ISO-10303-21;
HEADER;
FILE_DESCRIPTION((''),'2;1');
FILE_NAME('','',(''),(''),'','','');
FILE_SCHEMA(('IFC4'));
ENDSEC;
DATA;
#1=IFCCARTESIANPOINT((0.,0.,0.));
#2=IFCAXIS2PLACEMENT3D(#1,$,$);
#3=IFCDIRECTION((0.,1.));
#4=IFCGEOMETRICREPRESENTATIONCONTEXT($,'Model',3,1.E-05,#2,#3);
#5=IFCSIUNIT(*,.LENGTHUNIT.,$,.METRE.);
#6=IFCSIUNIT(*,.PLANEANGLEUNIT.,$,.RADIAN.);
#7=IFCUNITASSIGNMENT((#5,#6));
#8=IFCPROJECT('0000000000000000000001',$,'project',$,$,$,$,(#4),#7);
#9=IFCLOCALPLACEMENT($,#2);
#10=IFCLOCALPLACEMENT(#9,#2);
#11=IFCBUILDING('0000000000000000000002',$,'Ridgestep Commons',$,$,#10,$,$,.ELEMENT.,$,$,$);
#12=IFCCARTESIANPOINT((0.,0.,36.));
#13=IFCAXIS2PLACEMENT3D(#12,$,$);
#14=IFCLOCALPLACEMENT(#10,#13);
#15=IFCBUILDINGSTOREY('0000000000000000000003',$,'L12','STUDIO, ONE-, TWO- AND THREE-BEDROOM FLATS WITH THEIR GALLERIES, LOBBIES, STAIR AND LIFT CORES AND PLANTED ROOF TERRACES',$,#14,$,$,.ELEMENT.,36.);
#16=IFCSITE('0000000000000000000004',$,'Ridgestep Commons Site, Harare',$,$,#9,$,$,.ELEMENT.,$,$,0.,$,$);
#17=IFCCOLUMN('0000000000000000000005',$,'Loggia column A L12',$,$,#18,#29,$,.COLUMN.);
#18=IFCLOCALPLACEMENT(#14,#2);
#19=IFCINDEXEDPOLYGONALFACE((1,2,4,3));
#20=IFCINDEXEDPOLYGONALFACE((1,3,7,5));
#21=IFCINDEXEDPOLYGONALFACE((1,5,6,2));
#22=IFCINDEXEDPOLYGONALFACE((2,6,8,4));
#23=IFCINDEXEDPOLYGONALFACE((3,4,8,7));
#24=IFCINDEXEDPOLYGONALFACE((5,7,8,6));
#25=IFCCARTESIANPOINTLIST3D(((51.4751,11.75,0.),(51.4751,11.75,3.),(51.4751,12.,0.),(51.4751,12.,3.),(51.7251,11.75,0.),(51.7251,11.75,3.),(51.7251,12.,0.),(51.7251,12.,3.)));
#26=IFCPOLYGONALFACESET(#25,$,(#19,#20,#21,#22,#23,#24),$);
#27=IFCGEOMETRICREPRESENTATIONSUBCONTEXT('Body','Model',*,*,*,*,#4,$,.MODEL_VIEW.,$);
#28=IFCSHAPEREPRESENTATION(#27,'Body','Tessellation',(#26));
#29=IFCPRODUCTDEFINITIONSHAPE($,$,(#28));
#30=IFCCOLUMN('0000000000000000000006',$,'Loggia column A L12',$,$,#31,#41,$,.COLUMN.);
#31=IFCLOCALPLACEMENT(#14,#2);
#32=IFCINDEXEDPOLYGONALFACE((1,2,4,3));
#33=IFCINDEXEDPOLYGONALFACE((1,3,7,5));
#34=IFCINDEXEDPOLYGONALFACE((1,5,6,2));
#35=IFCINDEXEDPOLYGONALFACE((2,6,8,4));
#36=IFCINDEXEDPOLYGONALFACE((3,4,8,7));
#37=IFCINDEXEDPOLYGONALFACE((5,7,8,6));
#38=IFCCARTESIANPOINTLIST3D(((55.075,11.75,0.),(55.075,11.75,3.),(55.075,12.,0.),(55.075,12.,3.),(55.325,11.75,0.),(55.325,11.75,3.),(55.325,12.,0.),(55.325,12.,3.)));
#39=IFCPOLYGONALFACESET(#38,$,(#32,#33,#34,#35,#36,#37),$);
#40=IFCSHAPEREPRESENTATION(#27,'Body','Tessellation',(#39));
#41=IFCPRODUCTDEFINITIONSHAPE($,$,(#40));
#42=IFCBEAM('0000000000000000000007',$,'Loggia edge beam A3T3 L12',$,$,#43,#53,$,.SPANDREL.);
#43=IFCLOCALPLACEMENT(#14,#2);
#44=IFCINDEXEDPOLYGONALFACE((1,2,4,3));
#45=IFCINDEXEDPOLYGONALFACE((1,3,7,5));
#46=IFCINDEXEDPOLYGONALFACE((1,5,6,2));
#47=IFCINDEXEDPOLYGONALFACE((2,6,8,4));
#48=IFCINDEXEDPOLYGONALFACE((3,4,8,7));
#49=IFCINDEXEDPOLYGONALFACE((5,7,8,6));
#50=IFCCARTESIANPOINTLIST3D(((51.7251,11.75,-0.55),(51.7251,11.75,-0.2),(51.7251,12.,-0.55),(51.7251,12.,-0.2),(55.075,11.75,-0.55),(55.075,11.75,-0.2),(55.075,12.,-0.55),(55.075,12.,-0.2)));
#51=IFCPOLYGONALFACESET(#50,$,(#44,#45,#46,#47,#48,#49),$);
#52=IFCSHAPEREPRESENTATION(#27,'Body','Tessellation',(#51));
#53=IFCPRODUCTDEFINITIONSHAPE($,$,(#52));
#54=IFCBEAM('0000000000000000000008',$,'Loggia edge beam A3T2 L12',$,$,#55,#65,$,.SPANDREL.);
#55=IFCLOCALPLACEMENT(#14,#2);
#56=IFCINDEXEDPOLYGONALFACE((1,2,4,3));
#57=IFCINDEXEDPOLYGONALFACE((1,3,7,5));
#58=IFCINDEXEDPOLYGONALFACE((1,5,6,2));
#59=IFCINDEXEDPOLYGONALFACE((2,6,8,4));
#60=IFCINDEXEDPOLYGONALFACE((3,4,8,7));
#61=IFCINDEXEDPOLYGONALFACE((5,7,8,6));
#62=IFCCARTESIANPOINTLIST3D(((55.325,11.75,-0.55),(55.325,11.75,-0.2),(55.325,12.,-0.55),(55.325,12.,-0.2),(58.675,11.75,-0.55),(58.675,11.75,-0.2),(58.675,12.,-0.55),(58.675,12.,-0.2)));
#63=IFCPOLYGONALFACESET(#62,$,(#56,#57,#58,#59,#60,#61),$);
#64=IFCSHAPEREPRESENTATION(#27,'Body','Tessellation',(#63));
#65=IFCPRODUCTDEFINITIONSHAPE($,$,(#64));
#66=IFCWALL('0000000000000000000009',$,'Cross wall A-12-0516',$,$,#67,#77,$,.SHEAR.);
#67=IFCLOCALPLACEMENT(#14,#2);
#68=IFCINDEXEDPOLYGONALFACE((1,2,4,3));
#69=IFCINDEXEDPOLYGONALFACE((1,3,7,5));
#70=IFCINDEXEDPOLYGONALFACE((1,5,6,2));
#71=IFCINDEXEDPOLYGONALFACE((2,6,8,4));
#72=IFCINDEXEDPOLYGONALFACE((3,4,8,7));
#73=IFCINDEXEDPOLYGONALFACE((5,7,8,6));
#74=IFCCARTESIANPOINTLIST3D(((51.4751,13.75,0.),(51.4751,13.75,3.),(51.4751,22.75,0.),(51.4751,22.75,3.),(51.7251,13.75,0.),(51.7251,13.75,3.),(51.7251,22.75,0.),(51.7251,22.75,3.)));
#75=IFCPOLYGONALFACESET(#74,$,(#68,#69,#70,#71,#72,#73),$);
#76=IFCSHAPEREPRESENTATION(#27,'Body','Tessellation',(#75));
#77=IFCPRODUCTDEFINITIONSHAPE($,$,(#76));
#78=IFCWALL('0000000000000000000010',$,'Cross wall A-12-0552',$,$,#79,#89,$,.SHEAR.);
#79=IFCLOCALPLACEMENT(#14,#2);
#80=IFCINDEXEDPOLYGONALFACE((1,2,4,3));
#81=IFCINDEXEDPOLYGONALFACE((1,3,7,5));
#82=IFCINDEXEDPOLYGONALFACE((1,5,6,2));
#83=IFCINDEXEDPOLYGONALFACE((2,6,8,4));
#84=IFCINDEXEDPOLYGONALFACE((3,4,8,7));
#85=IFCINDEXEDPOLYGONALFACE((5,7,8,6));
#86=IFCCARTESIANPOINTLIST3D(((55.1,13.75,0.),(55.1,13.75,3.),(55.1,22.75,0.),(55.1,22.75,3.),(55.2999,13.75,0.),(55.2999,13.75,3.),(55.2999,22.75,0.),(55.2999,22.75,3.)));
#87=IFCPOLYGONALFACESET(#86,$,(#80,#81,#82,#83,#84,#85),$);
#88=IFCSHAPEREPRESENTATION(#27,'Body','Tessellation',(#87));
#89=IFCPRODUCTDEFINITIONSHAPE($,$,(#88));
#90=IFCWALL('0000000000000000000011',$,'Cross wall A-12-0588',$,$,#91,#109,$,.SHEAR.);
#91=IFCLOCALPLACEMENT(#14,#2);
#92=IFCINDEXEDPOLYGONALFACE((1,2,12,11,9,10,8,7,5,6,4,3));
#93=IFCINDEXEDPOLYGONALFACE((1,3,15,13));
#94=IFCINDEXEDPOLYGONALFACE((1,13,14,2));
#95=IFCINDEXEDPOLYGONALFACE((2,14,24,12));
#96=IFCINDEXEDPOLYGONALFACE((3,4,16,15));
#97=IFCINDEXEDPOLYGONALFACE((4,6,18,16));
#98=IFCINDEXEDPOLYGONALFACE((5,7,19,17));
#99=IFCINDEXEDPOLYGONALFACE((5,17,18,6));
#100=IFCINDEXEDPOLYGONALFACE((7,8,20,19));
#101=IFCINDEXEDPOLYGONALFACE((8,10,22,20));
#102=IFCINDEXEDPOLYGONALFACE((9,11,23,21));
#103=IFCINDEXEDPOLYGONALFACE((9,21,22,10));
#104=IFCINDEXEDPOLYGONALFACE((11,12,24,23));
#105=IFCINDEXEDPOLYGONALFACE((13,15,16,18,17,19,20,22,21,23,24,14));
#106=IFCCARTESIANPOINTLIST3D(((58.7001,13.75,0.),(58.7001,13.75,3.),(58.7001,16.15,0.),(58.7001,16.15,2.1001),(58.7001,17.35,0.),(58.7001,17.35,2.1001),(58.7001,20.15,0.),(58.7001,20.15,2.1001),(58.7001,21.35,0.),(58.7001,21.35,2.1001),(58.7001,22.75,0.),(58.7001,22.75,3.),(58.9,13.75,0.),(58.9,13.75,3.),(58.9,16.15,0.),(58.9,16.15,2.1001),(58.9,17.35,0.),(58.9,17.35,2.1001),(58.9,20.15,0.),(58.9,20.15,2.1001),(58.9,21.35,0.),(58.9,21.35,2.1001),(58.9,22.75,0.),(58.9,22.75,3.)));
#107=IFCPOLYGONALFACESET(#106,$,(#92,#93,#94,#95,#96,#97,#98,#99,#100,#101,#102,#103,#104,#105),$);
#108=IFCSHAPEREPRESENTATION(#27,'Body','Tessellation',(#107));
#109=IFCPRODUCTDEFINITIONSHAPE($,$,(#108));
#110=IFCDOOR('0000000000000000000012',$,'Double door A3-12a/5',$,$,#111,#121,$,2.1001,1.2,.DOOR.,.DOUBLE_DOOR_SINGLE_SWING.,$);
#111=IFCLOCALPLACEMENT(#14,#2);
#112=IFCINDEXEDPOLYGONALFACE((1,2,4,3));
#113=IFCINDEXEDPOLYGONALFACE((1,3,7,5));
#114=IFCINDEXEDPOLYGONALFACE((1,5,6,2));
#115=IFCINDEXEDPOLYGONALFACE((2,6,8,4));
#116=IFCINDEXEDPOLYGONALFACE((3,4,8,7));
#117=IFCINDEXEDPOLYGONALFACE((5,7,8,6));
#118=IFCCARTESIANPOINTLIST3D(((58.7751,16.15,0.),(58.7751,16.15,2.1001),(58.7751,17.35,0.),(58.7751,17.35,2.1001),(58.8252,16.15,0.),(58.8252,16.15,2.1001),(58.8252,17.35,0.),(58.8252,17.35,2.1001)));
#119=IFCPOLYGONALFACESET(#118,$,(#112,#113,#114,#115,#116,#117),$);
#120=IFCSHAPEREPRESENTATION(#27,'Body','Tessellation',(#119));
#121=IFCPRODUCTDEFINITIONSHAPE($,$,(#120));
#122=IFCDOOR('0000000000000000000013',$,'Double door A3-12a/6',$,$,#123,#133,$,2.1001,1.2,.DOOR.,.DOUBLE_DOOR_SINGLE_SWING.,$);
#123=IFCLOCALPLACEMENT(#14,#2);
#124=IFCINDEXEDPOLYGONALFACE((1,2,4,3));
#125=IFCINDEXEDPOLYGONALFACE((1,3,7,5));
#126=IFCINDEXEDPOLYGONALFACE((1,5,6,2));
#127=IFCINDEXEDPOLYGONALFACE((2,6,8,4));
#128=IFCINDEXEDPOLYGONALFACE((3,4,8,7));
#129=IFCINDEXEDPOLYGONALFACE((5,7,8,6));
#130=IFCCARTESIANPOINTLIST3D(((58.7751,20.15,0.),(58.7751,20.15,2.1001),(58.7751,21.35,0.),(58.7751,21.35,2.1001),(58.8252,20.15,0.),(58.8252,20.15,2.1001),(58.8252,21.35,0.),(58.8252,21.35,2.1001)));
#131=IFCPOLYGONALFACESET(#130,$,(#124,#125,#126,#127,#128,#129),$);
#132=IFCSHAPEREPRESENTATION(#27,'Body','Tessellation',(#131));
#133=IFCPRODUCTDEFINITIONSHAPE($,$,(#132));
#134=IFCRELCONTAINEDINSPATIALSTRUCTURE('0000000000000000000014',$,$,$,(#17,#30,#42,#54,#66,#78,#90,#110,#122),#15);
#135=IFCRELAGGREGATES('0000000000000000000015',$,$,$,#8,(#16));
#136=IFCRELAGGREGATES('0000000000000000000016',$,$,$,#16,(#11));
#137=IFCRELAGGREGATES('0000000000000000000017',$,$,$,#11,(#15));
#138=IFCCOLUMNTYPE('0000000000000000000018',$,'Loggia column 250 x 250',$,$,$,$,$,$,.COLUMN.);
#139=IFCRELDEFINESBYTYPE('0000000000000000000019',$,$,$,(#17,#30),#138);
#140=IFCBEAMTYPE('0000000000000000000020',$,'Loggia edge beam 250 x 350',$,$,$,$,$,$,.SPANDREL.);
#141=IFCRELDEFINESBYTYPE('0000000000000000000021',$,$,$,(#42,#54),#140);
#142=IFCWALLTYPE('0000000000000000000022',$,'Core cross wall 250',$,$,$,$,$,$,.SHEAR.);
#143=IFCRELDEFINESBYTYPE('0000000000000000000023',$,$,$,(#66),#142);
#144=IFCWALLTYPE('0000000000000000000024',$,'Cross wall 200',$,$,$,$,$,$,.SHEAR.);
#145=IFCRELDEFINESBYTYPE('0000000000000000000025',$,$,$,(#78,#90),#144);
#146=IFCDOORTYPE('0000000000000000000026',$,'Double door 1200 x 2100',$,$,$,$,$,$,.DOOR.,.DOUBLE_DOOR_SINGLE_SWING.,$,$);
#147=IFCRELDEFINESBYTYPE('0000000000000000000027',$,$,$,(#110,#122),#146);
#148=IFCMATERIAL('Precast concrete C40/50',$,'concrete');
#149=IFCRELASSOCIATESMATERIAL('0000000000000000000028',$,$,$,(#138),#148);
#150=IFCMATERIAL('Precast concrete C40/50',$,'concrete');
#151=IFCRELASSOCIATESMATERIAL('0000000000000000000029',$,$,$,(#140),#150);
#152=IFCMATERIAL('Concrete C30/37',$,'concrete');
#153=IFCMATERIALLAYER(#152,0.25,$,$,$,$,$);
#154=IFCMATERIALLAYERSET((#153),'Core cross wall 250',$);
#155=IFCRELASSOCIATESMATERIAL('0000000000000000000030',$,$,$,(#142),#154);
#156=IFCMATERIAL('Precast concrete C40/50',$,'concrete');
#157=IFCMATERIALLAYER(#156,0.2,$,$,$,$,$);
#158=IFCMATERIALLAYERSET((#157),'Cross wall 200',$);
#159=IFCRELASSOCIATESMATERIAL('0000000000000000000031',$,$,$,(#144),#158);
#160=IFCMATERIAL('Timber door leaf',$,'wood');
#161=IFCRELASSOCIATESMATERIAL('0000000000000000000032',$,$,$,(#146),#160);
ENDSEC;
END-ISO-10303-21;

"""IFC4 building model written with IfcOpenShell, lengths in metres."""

from ifc_helpers import new_model, si_unit, direction, frame, frame_2d, origin, origin_2d, place, context, subcontext, project, spatial, rectangle, extrude, material, layer, layer_set, material_profile, profile_set, type_object, element, fill, save


model = new_model("IFC4")

# Units and contexts
model_context = context("Model", 3, precision=1e-05, world=origin(), true_north=direction((0.0, 1.0)))
body_context = subcontext(model_context, "Body", "Model", "MODEL_VIEW")
ifc_project = project(units=[si_unit("LENGTHUNIT", "METRE"), si_unit("PLANEANGLEUNIT", "RADIAN")], contexts=[model_context])

# Site, building, storey
site_placement = place(None, origin())
site = spatial("IfcSite", under=ifc_project, at=site_placement, Name="Ridgestep Commons Site, Harare", CompositionType="ELEMENT", RefElevation=0.0)
building_placement = place(site_placement, origin())
building = spatial("IfcBuilding", under=site, at=building_placement, Name="Ridgestep Commons", CompositionType="ELEMENT")
storey_placement = place(building_placement, frame((0.0, 0.0, 36.0)))
storey = spatial("IfcBuildingStorey", under=building, at=storey_placement, Name="L12", Description="STUDIO, ONE-, TWO- AND THREE-BEDROOM FLATS WITH THEIR GALLERIES, LOBBIES, STAIR AND LIFT CORES AND PLANTED ROOF TERRACES", CompositionType="ELEMENT", Elevation=36.0)

# Columns
ifc_material_1 = material(Name="Precast concrete C40/50", Category="concrete")
ifc_material_profile_1 = material_profile(ifc_material_1, rectangle(XDim=0.25, YDim=0.25, at=origin_2d()), Name="PC 250x250")
ifc_profile_set_1 = profile_set([ifc_material_profile_1], Name="Precast concrete C40/50")
column_type = type_object("IfcColumnType", Name="Loggia column 250 x 250", PredefinedType="COLUMN", material=ifc_profile_set_1)
for number, where, z_axis, x_axis, name in (
    (1, (51.6001, 11.875, 0.0), (0.0, 0.0, 1.0), (1.0, 0.0, 0.0), "Loggia column A L12"),
    (2, (55.2, 11.875, 0.0), (0.0, 0.0, 1.0), (1.0, 0.0, 0.0), "Loggia column A L12"),
):
    element("IfcColumn", number, at=place(storey_placement, frame(where, z_axis=z_axis, x_axis=x_axis)), inside=storey, type_object=column_type, Name=name, PredefinedType="COLUMN", context=body_context, shape_type="SweptSolid", body=[
        extrude(rectangle(XDim=0.25, YDim=0.25, at=origin_2d()), origin(), (0.0, 0.0, 1.0), 3.0),
    ])

# Beams
ifc_material_2 = material(Name="Precast concrete C40/50", Category="concrete")
ifc_material_profile_2 = material_profile(ifc_material_2, rectangle(XDim=0.25, YDim=0.3501, at=origin_2d()), Name="PC 250x350")
ifc_profile_set_2 = profile_set([ifc_material_profile_2], Name="Precast concrete C40/50")
beam_type = type_object("IfcBeamType", Name="Loggia edge beam 250 x 350", PredefinedType="SPANDREL", material=ifc_profile_set_2)
beam_1_placement = place(storey_placement, frame((51.7251, 11.875, -0.375), z_axis=(1.0, 0.0, 0.0), x_axis=(0.0, 1.0, 0.0)))
element("IfcBeam", 3, at=beam_1_placement, inside=storey, type_object=beam_type, Name="Loggia edge beam A3T3 L12", PredefinedType="SPANDREL", context=body_context, shape_type="SweptSolid", body=[
    extrude(rectangle(XDim=0.25, YDim=0.3501, at=origin_2d()), origin(), (0.0, 0.0, 1.0), 3.3499),
])
beam_2_placement = place(storey_placement, frame((55.325, 11.875, -0.375), z_axis=(1.0, 0.0, 0.0), x_axis=(0.0, 1.0, 0.0)))
element("IfcBeam", 4, at=beam_2_placement, inside=storey, type_object=beam_type, Name="Loggia edge beam A3T2 L12", PredefinedType="SPANDREL", context=body_context, shape_type="SweptSolid", body=[
    extrude(rectangle(XDim=0.25, YDim=0.3501, at=origin_2d()), origin(), (0.0, 0.0, 1.0), 3.3501),
])

# Walls
ifc_material_3 = material(Name="Concrete C30/37", Category="concrete")
ifc_layer_1 = layer(ifc_material_3, 0.25)
ifc_layer_set_1 = layer_set([ifc_layer_1], Name="Core cross wall 250")
wall_type_1 = type_object("IfcWallType", Name="Core cross wall 250", PredefinedType="SHEAR", material=ifc_layer_set_1)
wall_1_placement = place(storey_placement, frame((51.6001, 13.75, 0.0), z_axis=(0.0, 0.0, 1.0), x_axis=(0.0, 1.0, 0.0)))
element("IfcWall", 5, at=wall_1_placement, inside=storey, type_object=wall_type_1, Name="Cross wall A-12-0516", PredefinedType="SHEAR", context=body_context, shape_type="SweptSolid", body=[
    extrude(rectangle(XDim=9.0, YDim=0.25, at=frame_2d((4.5, 0.0))), origin(), (0.0, 0.0, 1.0), 3.0),
])
ifc_material_4 = material(Name="Precast concrete C40/50", Category="concrete")
ifc_layer_2 = layer(ifc_material_4, 0.2)
ifc_layer_set_2 = layer_set([ifc_layer_2], Name="Cross wall 200")
wall_type_2 = type_object("IfcWallType", Name="Cross wall 200", PredefinedType="SHEAR", material=ifc_layer_set_2)
wall_2_placement = place(storey_placement, frame((55.2, 13.75, 0.0), z_axis=(0.0, 0.0, 1.0), x_axis=(0.0, 1.0, 0.0)))
element("IfcWall", 6, at=wall_2_placement, inside=storey, type_object=wall_type_2, Name="Cross wall A-12-0552", PredefinedType="SHEAR", context=body_context, shape_type="SweptSolid", body=[
    extrude(rectangle(XDim=9.0, YDim=0.2, at=frame_2d((4.5, 0.0))), origin(), (0.0, 0.0, 1.0), 3.0),
])

# Wall, openings, doors
wall_3_placement = place(storey_placement, frame((58.8, 13.75, 0.0), z_axis=(0.0, 0.0, 1.0), x_axis=(0.0, 1.0, 0.0)))
wall_3 = element("IfcWall", 7, at=wall_3_placement, inside=storey, type_object=wall_type_2, Name="Cross wall A-12-0588", PredefinedType="SHEAR", context=body_context, shape_type="SweptSolid", body=[
    extrude(rectangle(XDim=9.0, YDim=0.2, at=frame_2d((4.5, 0.0))), origin(), (0.0, 0.0, 1.0), 3.0),
])
opening_1_placement = place(wall_3_placement, frame((2.3999, 0.0, 0.0)))
opening_1 = element("IfcOpeningElement", 8, at=opening_1_placement, cuts=wall_3, PredefinedType="OPENING", context=body_context, shape_type="SweptSolid", body=[
    extrude(rectangle(XDim=1.2, YDim=2.1001, at=frame_2d((0.6001, 1.05))), frame((0.0, 0.1099, 0.0), z_axis=(0.0, -1.0, 0.0), x_axis=(1.0, 0.0, 0.0)), (0.0, 0.0, 1.0), 0.22),
])
opening_2_placement = place(wall_3_placement, frame((6.3999, 0.0, 0.0)))
opening_2 = element("IfcOpeningElement", 9, at=opening_2_placement, cuts=wall_3, PredefinedType="OPENING", context=body_context, shape_type="SweptSolid", body=[
    extrude(rectangle(XDim=1.2, YDim=2.1001, at=frame_2d((0.6001, 1.05))), frame((0.0, 0.1099, 0.0), z_axis=(0.0, -1.0, 0.0), x_axis=(1.0, 0.0, 0.0)), (0.0, 0.0, 1.0), 0.22),
])
ifc_material_5 = material(Name="Timber door leaf", Category="wood")
door_type_1 = type_object("IfcDoorType", Name="Double door 1200 x 2100", OperationType="DOUBLE_DOOR_SINGLE_SWING", PredefinedType="DOOR", material=ifc_material_5)
door_1_placement = place(opening_1_placement, origin())
door_1 = element("IfcDoor", 10, at=door_1_placement, inside=storey, type_object=door_type_1, Name="Double door A3-12a/5", OperationType="DOUBLE_DOOR_SINGLE_SWING", OverallHeight=2.1001, OverallWidth=1.2, PredefinedType="DOOR", context=body_context, shape_type="SweptSolid", body=[
    extrude(rectangle(XDim=1.2, YDim=2.1001, at=frame_2d((0.6001, 1.05))), frame((0.0, 0.0249, 0.0), z_axis=(0.0, -1.0, 0.0), x_axis=(1.0, 0.0, 0.0)), (0.0, 0.0, 1.0), 0.05),
])
fill(opening_1, door_1)
door_2_placement = place(opening_2_placement, origin())
door_2 = element("IfcDoor", 11, at=door_2_placement, inside=storey, type_object=door_type_1, Name="Double door A3-12a/6", OperationType="DOUBLE_DOOR_SINGLE_SWING", OverallHeight=2.1001, OverallWidth=1.2, PredefinedType="DOOR", context=body_context, shape_type="SweptSolid", body=[
    extrude(rectangle(XDim=1.2, YDim=2.1001, at=frame_2d((0.6001, 1.05))), frame((0.0, 0.0249, 0.0), z_axis=(0.0, -1.0, 0.0), x_axis=(1.0, 0.0, 0.0)), (0.0, 0.0, 1.0), 0.05),
])
fill(opening_2, door_2)

save(model, "model.ifc")
